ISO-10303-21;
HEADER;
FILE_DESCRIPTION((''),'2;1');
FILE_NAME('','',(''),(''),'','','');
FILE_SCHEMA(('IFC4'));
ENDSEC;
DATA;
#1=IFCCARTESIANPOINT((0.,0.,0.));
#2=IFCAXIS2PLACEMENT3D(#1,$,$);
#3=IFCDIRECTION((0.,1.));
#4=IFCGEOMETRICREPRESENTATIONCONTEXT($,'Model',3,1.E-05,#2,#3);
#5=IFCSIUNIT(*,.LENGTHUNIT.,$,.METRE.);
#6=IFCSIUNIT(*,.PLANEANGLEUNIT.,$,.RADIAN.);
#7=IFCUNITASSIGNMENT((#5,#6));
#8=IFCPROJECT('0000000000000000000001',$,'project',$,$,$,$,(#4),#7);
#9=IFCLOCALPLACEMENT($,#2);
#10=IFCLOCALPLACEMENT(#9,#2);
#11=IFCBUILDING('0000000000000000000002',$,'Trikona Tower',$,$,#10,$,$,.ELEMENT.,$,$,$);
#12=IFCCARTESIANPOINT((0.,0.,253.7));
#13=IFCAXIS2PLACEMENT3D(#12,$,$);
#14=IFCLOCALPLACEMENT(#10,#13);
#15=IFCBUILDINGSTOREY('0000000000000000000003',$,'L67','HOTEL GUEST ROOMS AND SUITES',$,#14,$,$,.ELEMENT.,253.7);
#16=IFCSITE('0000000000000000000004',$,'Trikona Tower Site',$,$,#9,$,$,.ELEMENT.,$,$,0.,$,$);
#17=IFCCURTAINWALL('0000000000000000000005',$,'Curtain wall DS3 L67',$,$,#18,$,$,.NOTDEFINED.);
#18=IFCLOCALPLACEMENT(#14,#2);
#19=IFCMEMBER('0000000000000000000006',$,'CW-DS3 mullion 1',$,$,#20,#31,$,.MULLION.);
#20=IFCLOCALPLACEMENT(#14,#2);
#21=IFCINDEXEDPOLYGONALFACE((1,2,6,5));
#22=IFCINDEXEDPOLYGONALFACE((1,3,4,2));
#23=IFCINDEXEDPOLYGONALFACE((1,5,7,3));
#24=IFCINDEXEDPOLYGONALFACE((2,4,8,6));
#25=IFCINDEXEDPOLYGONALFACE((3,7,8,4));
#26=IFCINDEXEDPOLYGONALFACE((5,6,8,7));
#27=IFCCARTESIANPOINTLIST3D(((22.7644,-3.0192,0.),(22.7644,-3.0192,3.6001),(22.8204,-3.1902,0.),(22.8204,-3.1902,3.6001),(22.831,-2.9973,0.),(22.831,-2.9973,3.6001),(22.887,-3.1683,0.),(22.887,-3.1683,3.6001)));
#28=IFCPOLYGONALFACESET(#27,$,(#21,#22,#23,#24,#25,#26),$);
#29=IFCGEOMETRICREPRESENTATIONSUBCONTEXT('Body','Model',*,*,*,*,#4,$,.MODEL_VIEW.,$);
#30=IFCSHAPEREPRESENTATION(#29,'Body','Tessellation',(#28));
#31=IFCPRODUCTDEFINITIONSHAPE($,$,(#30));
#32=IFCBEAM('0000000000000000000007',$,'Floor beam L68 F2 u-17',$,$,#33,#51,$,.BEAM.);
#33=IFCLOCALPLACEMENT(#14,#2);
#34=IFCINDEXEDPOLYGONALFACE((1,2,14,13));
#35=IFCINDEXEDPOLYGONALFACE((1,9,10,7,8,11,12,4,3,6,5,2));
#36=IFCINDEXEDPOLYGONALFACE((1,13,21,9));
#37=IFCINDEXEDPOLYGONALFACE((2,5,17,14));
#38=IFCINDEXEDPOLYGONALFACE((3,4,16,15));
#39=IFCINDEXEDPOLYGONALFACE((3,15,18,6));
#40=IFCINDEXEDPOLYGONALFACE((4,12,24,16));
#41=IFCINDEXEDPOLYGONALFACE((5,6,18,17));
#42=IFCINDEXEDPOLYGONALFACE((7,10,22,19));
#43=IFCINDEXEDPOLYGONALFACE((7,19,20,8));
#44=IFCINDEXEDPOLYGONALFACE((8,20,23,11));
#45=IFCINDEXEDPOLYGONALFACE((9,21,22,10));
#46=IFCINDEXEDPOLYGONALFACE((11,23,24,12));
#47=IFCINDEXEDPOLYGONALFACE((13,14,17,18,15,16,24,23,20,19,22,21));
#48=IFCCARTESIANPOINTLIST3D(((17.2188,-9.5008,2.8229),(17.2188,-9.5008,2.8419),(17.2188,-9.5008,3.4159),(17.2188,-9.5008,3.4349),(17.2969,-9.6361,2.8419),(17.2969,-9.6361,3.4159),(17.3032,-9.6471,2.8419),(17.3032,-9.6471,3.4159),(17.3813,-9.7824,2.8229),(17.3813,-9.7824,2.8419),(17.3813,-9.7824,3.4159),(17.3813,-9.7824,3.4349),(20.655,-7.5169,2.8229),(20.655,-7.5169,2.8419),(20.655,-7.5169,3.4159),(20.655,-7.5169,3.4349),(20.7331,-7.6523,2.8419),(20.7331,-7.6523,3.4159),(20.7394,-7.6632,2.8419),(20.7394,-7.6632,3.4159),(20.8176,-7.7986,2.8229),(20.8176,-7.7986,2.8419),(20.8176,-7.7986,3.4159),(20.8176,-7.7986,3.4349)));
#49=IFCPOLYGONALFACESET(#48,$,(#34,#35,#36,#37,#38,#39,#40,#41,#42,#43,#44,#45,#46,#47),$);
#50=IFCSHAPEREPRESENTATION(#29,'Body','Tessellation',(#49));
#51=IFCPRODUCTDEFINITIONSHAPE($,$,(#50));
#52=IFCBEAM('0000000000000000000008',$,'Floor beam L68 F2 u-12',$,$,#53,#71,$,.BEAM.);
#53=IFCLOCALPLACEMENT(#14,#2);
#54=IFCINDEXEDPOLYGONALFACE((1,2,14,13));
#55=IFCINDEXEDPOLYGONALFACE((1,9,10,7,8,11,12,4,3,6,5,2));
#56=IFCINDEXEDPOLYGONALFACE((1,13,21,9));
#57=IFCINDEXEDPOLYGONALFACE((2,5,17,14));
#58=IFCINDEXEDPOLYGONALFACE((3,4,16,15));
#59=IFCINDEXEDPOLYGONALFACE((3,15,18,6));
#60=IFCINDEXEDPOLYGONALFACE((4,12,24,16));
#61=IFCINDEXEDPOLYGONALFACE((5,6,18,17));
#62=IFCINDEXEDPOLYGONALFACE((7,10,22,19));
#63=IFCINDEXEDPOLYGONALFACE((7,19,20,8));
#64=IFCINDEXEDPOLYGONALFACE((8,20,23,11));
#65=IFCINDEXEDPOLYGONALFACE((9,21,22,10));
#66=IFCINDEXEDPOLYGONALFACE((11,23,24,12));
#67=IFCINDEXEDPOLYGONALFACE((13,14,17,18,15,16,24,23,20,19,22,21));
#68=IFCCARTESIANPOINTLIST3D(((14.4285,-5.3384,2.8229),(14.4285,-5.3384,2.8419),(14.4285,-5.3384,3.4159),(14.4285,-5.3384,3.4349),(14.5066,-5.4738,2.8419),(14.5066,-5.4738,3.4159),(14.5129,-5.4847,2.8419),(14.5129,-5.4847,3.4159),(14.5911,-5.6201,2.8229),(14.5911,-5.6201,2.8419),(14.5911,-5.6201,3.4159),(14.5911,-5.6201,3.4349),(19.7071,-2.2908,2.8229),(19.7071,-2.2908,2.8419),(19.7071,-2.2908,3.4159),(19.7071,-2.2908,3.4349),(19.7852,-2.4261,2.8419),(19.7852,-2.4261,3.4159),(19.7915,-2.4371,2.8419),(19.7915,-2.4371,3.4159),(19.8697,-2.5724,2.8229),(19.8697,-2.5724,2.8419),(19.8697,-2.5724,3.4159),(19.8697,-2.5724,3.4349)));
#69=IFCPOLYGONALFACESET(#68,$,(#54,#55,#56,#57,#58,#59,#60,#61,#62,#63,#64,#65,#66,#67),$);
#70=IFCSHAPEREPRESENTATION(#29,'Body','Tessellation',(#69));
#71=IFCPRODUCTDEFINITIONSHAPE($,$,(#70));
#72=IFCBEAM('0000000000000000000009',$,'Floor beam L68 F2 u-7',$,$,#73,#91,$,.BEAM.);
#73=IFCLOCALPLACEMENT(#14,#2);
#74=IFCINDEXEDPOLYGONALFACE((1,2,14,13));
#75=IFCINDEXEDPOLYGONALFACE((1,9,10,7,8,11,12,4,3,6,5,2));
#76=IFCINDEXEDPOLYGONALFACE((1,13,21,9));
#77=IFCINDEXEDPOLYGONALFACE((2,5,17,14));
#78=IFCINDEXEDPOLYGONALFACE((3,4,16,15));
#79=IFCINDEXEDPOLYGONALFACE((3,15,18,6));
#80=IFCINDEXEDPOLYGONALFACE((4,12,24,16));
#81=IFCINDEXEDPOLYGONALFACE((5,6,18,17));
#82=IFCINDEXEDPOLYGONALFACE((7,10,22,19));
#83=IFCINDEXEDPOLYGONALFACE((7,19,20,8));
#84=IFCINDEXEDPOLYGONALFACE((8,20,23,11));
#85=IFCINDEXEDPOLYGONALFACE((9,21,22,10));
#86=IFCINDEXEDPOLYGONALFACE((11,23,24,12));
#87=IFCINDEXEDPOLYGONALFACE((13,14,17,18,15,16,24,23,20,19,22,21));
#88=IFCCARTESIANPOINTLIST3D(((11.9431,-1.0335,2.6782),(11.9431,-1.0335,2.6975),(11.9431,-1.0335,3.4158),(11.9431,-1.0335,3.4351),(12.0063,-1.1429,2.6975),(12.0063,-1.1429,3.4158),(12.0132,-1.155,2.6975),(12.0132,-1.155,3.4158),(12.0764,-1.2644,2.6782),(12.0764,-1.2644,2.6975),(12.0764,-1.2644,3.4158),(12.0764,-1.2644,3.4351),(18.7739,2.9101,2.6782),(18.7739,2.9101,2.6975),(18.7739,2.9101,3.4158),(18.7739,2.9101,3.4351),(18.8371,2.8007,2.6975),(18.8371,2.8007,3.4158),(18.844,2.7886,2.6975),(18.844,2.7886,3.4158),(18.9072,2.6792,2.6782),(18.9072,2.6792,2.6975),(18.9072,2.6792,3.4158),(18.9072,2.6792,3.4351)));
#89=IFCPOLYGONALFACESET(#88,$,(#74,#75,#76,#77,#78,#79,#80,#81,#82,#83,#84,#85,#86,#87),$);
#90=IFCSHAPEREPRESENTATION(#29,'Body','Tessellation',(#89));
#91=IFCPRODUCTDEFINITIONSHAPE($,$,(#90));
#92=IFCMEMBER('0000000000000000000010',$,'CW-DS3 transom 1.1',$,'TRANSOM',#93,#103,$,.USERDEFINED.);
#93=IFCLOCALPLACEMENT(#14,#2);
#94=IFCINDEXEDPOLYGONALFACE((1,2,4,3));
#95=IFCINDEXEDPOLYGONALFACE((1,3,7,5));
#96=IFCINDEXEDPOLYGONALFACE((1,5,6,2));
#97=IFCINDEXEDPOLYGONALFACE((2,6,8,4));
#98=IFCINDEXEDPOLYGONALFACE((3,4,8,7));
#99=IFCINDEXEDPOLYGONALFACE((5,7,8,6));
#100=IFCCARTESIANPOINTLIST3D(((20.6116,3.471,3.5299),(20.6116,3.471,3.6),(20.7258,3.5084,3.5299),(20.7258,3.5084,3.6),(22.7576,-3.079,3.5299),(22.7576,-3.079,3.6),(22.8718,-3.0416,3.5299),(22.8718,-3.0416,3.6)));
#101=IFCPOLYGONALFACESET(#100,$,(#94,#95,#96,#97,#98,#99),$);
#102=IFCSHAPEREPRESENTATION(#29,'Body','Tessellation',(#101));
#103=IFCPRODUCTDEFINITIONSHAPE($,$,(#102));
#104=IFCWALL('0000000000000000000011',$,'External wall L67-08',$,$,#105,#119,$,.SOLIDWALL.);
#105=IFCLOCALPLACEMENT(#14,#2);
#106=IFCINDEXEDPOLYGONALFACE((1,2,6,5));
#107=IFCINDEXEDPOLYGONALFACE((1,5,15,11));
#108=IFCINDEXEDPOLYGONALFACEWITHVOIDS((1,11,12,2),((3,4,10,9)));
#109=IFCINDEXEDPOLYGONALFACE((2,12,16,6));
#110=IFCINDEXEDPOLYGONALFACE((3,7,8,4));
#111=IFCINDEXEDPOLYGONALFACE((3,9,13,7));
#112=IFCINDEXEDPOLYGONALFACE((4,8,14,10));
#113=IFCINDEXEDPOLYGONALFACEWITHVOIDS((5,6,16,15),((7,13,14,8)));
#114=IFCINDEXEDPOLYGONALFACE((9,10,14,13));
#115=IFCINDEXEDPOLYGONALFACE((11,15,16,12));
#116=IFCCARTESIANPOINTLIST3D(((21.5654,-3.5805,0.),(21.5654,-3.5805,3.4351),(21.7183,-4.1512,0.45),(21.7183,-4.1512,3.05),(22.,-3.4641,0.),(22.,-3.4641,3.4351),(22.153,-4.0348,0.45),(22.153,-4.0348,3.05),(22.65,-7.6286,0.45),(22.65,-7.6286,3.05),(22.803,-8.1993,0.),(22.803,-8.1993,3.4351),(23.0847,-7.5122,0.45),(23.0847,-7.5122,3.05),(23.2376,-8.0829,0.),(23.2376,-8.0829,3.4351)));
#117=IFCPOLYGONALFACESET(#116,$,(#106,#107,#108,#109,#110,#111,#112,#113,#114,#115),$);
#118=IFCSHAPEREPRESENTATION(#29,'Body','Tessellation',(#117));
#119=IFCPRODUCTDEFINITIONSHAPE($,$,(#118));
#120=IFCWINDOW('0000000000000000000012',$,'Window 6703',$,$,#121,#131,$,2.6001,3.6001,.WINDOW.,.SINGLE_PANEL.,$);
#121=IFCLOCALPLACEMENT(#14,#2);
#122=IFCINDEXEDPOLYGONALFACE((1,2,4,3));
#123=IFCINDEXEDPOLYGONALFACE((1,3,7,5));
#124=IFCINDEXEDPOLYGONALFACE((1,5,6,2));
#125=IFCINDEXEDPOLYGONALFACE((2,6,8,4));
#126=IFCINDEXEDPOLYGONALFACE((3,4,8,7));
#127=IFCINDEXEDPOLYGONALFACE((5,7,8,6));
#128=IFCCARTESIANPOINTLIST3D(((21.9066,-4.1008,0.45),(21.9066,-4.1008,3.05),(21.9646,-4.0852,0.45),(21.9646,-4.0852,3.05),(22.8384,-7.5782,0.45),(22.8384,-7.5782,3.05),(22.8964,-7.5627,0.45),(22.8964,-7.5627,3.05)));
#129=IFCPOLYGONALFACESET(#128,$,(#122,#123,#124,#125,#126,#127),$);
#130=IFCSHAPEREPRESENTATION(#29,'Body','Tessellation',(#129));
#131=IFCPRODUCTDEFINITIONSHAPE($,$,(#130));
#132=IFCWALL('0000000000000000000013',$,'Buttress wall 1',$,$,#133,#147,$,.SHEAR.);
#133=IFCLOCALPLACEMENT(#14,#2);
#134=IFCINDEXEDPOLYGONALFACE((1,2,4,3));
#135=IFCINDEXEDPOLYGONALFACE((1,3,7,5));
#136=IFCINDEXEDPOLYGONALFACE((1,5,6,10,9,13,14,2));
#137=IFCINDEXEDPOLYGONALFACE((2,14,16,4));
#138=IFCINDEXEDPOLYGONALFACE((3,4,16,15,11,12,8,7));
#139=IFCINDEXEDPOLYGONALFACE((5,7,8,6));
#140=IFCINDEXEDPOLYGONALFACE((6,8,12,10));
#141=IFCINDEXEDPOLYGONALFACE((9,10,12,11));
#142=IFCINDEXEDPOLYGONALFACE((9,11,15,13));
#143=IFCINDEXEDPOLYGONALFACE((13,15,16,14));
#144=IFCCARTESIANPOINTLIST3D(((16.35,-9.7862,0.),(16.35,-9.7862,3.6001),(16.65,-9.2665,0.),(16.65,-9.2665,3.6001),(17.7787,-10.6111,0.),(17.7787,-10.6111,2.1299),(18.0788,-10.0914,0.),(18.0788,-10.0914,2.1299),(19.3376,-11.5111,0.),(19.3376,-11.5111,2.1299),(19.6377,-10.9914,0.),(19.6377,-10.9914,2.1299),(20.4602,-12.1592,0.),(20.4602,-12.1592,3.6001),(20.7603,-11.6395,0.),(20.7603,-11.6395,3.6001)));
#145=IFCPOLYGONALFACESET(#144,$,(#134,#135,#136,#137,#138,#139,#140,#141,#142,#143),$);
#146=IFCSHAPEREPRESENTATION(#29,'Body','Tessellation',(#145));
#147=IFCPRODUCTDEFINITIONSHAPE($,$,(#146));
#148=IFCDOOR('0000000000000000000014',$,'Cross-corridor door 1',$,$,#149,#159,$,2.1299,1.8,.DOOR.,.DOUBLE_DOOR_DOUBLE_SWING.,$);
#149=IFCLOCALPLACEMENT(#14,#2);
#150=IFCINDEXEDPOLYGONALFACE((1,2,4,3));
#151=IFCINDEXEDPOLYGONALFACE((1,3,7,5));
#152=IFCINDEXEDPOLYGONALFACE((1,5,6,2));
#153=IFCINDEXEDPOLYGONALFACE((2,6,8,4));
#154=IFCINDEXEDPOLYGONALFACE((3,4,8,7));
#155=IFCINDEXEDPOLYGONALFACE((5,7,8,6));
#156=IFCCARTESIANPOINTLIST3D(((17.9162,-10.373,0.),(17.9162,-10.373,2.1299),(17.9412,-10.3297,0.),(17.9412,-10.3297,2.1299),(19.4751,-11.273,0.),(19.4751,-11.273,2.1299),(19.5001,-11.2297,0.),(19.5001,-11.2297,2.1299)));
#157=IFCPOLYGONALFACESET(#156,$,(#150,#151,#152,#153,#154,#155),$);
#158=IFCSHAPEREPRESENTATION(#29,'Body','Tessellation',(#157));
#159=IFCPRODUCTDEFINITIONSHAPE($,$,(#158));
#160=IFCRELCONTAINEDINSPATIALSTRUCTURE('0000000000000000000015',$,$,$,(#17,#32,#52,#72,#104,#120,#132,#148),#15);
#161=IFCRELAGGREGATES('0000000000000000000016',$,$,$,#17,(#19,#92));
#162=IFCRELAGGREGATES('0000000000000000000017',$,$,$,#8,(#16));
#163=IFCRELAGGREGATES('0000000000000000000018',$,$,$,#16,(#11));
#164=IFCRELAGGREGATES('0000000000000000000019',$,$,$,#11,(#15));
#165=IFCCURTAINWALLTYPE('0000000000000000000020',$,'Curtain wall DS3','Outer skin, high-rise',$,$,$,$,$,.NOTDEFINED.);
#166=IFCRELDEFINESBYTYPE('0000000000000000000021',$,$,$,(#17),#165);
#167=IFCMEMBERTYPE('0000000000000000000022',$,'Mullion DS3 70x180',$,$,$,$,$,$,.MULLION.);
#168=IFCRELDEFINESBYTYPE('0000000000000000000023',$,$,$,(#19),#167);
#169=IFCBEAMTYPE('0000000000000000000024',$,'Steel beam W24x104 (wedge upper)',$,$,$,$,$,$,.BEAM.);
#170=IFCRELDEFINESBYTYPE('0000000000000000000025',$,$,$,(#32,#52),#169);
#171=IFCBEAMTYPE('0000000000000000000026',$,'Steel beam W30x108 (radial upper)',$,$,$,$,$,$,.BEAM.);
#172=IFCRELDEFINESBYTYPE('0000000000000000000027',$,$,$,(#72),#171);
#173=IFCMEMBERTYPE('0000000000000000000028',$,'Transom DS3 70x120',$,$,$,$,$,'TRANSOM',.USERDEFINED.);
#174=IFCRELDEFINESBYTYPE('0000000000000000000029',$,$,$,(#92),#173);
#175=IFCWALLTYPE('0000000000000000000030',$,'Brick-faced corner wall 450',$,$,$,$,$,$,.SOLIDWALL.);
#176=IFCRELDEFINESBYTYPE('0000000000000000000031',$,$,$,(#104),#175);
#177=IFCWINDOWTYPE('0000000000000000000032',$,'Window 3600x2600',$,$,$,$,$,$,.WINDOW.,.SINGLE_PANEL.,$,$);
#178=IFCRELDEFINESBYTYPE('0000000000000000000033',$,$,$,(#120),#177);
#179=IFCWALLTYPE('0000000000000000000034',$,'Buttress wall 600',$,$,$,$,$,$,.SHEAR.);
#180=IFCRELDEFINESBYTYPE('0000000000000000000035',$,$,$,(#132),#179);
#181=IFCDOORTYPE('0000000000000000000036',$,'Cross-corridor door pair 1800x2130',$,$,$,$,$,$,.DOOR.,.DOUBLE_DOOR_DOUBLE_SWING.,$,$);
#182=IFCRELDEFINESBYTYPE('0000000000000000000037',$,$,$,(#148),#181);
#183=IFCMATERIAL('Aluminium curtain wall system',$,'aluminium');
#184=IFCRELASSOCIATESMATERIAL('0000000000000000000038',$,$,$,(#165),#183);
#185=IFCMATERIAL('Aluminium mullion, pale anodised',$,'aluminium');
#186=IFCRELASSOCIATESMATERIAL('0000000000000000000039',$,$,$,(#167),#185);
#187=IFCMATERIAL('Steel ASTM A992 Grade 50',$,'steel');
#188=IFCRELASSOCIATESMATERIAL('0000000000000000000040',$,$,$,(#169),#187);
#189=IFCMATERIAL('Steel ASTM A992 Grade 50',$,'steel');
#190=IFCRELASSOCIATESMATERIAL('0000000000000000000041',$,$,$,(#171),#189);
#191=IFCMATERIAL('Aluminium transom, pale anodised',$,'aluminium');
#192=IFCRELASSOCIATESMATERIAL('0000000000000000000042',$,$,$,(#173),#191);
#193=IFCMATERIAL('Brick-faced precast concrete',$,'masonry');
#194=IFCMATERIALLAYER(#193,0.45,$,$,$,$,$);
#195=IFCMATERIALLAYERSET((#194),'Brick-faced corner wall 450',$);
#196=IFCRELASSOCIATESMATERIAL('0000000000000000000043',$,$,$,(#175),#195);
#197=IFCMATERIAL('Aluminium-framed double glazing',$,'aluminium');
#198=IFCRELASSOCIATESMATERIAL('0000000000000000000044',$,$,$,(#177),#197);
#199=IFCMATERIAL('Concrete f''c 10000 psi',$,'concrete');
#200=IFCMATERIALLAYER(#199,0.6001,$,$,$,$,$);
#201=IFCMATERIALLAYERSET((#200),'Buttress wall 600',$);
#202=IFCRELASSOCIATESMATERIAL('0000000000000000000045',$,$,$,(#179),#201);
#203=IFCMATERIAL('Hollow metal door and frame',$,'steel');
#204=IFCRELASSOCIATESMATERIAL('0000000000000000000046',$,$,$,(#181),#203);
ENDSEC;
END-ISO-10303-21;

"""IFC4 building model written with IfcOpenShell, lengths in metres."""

from ifc_helpers import new_model, si_unit, direction, frame, frame_2d, origin, origin_2d, place, context, subcontext, project, spatial, rectangle, i_section, extrude, material, layer, layer_set, material_profile, profile_set, type_object, element, fill, aggregate, save


model = new_model("IFC4")

# Units and contexts
model_context = context("Model", 3, precision=1e-05, world=origin(), true_north=direction((0.0, 1.0)))
body_context = subcontext(model_context, "Body", "Model", "MODEL_VIEW")
ifc_project = project(units=[si_unit("LENGTHUNIT", "METRE"), si_unit("PLANEANGLEUNIT", "RADIAN")], contexts=[model_context])

# Site, building, storey
site_placement = place(None, origin())
site = spatial("IfcSite", under=ifc_project, at=site_placement, Name="Trikona Tower Site", CompositionType="ELEMENT", RefElevation=0.0)
building_placement = place(site_placement, origin())
building = spatial("IfcBuilding", under=site, at=building_placement, Name="Trikona Tower", CompositionType="ELEMENT")
storey_placement = place(building_placement, frame((0.0, 0.0, 253.7)))
storey = spatial("IfcBuildingStorey", under=building, at=storey_placement, Name="L67", Description="HOTEL GUEST ROOMS AND SUITES", CompositionType="ELEMENT", Elevation=253.7)

# Curtain wall, member
ifc_material_1 = material(Name="Aluminium curtain wall system", Category="aluminium")
curtain_wall_type = type_object("IfcCurtainWallType", Name="Curtain wall DS3", Description="Outer skin, high-rise", PredefinedType="NOTDEFINED", material=ifc_material_1)
curtain_wall_placement = place(storey_placement, origin())
curtain_wall = element("IfcCurtainWall", 1, at=curtain_wall_placement, inside=storey, type_object=curtain_wall_type, Name="Curtain wall DS3 L67", PredefinedType="NOTDEFINED")
ifc_material_2 = material(Name="Aluminium mullion, pale anodised", Category="aluminium")
ifc_material_profile_1 = material_profile(ifc_material_2, rectangle(XDim=0.0701, YDim=0.1799, at=origin_2d()), Name="MUL-DS3")
ifc_profile_set_1 = profile_set([ifc_material_profile_1], Name="Aluminium mullion, pale anodised")
member_type_1 = type_object("IfcMemberType", Name="Mullion DS3 70x180", PredefinedType="MULLION", material=ifc_profile_set_1)
member_1_placement = place(storey_placement, frame((22.8257, -3.0938, 0.0), z_axis=(0.0, 0.0, 1.0), x_axis=(-0.950297, -0.311344, 0.0)))
member_1 = element("IfcMember", 2, at=member_1_placement, type_object=member_type_1, Name="CW-DS3 mullion 1", PredefinedType="MULLION", context=body_context, shape_type="SweptSolid", body=[
    extrude(rectangle(XDim=0.0701, YDim=0.1799, at=origin_2d()), origin(), (0.0, 0.0, 1.0), 3.6001),
])

# Beams
ifc_material_3 = material(Name="Steel ASTM A992 Grade 50", Category="steel")
ifc_material_profile_2 = material_profile(ifc_material_3, i_section(OverallWidth=0.3252, OverallDepth=0.6121, WebThickness=0.0127, FlangeThickness=0.019, at=origin_2d()), Name="W24X104")
ifc_profile_set_2 = profile_set([ifc_material_profile_2], Name="Steel ASTM A992 Grade 50")
beam_type_1 = type_object("IfcBeamType", Name="Steel beam W24x104 (wedge upper)", PredefinedType="BEAM", material=ifc_profile_set_2)
beam_1_placement = place(storey_placement, frame((17.3, -9.6416, 3.1289), z_axis=(0.866031, 0.499991, 0.0), x_axis=(-0.499991, 0.866031, 0.0)))
element("IfcBeam", 3, at=beam_1_placement, inside=storey, type_object=beam_type_1, Name="Floor beam L68 F2 u-17", PredefinedType="BEAM", context=body_context, shape_type="SweptSolid", body=[
    extrude(i_section(OverallWidth=0.3252, OverallDepth=0.6121, WebThickness=0.0127, FlangeThickness=0.019, at=origin_2d()), origin(), (0.0, 0.0, 1.0), 3.9678),
])
beam_2_placement = place(storey_placement, frame((14.5098, -5.4792, 3.1289), z_axis=(0.866023, 0.500003, 0.0), x_axis=(-0.500003, 0.866023, 0.0)))
element("IfcBeam", 4, at=beam_2_placement, inside=storey, type_object=beam_type_1, Name="Floor beam L68 F2 u-12", PredefinedType="BEAM", context=body_context, shape_type="SweptSolid", body=[
    extrude(i_section(OverallWidth=0.3252, OverallDepth=0.6121, WebThickness=0.0127, FlangeThickness=0.019, at=origin_2d()), origin(), (0.0, 0.0, 1.0), 6.0952),
])
ifc_material_4 = material(Name="Steel ASTM A992 Grade 50", Category="steel")
ifc_material_profile_3 = material_profile(ifc_material_4, i_section(OverallWidth=0.2666, OverallDepth=0.7568, WebThickness=0.0139, FlangeThickness=0.0193, at=origin_2d()), Name="W30X108")
ifc_profile_set_3 = profile_set([ifc_material_profile_3], Name="Steel ASTM A992 Grade 50")
beam_type_2 = type_object("IfcBeamType", Name="Steel beam W30x108 (radial upper)", PredefinedType="BEAM", material=ifc_profile_set_3)
beam_3_placement = place(storey_placement, frame((12.0098, -1.1489, 3.0566), z_axis=(0.866035, 0.499984, 0.0), x_axis=(-0.499984, 0.866035, 0.0)))
element("IfcBeam", 5, at=beam_3_placement, inside=storey, type_object=beam_type_2, Name="Floor beam L68 F2 u-7", PredefinedType="BEAM", context=body_context, shape_type="SweptSolid", body=[
    extrude(i_section(OverallWidth=0.2666, OverallDepth=0.7568, WebThickness=0.0139, FlangeThickness=0.0193, at=origin_2d()), origin(), (0.0, 0.0, 1.0), 7.8875),
])

# Member
ifc_material_5 = material(Name="Aluminium transom, pale anodised", Category="aluminium")
ifc_material_profile_4 = material_profile(ifc_material_5, rectangle(XDim=0.1201, YDim=0.0701, at=origin_2d()), Name="TRN-DS3")
ifc_profile_set_4 = profile_set([ifc_material_profile_4], Name="Aluminium transom, pale anodised")
member_type_2 = type_object("IfcMemberType", Name="Transom DS3 70x120", ElementType="TRANSOM", PredefinedType="USERDEFINED", material=ifc_profile_set_4)
member_2_placement = place(storey_placement, frame((22.8147, -3.0603, 3.5649), z_axis=(-0.311346, 0.950297, 0.0), x_axis=(-0.950297, -0.311346, 0.0)))
member_2 = element("IfcMember", 6, at=member_2_placement, type_object=member_type_2, Name="CW-DS3 transom 1.1", ObjectType="TRANSOM", PredefinedType="USERDEFINED", context=body_context, shape_type="SweptSolid", body=[
    extrude(rectangle(XDim=0.1201, YDim=0.0701, at=origin_2d()), origin(), (0.0, 0.0, 1.0), 6.8926),
])
aggregate(curtain_wall, [member_1, member_2])

# Wall, opening, window
ifc_material_6 = material(Name="Brick-faced precast concrete", Category="masonry")
ifc_layer_1 = layer(ifc_material_6, 0.45)
ifc_layer_set_1 = layer_set([ifc_layer_1], Name="Brick-faced corner wall 450")
wall_type_1 = type_object("IfcWallType", Name="Brick-faced corner wall 450", PredefinedType="SOLIDWALL", material=ifc_layer_set_1)
wall_1_placement = place(storey_placement, frame((23.0203, -8.1411, 0.0), z_axis=(0.0, 0.0, 1.0), x_axis=(-0.258803, 0.96593, 0.0)))
wall_1 = element("IfcWall", 7, at=wall_1_placement, inside=storey, type_object=wall_type_1, Name="External wall L67-08", PredefinedType="SOLIDWALL", context=body_context, shape_type="SweptSolid", body=[
    extrude(rectangle(XDim=4.7817, YDim=0.45, at=frame_2d((2.3909, 0.0))), origin(), (0.0, 0.0, 1.0), 3.4351),
])
opening_1_placement = place(wall_1_placement, frame((0.5908, 0.0, 0.45)))
opening_1 = element("IfcOpeningElement", 8, at=opening_1_placement, cuts=wall_1, PredefinedType="OPENING", context=body_context, shape_type="SweptSolid", body=[
    extrude(rectangle(XDim=3.6001, YDim=2.6001, at=frame_2d((1.8, 1.3))), frame((0.0, 0.2349, 0.0), z_axis=(0.0, -1.0, 0.0), x_axis=(1.0, 0.0, 0.0)), (0.0, 0.0, 1.0), 0.47),
])
ifc_material_7 = material(Name="Aluminium-framed double glazing", Category="aluminium")
window_type_1 = type_object("IfcWindowType", Name="Window 3600x2600", PartitioningType="SINGLE_PANEL", PredefinedType="WINDOW", material=ifc_material_7)
window_1_placement = place(opening_1_placement, origin())
window_1 = element("IfcWindow", 9, at=window_1_placement, inside=storey, type_object=window_type_1, Name="Window 6703", OverallHeight=2.6001, OverallWidth=3.6001, PartitioningType="SINGLE_PANEL", PredefinedType="WINDOW", context=body_context, shape_type="SweptSolid", body=[
    extrude(rectangle(XDim=3.6001, YDim=2.6001, at=frame_2d((1.8, 1.3))), frame((0.0, 0.03, 0.0), z_axis=(0.0, -1.0, 0.0), x_axis=(1.0, 0.0, 0.0)), (0.0, 0.0, 1.0), 0.0601),
])
fill(opening_1, window_1)

# Wall, opening, door
ifc_material_8 = material(Name="Concrete f'c 10000 psi", Category="concrete")
ifc_layer_2 = layer(ifc_material_8, 0.6001)
ifc_layer_set_2 = layer_set([ifc_layer_2], Name="Buttress wall 600")
wall_type_2 = type_object("IfcWallType", Name="Buttress wall 600", PredefinedType="SHEAR", material=ifc_layer_set_2)
wall_2_placement = place(storey_placement, frame((16.5, -9.5264, 0.0), z_axis=(0.0, 0.0, 1.0), x_axis=(0.866031, -0.49999, 0.0)))
wall_2 = element("IfcWall", 10, at=wall_2_placement, inside=storey, type_object=wall_type_2, Name="Buttress wall 1", PredefinedType="SHEAR", context=body_context, shape_type="SweptSolid", body=[
    extrude(rectangle(XDim=4.7461, YDim=0.6001, at=frame_2d((2.373, 0.0))), origin(), (0.0, 0.0, 1.0), 3.6001),
])
opening_2_placement = place(wall_2_placement, frame((1.6499, 0.0, 0.0)))
opening_2 = element("IfcOpeningElement", 11, at=opening_2_placement, cuts=wall_2, PredefinedType="OPENING", context=body_context, shape_type="SweptSolid", body=[
    extrude(rectangle(XDim=1.8, YDim=2.1299, at=frame_2d((0.8999, 1.0649))), frame((0.0, 0.3101, 0.0), z_axis=(0.0, -1.0, 0.0), x_axis=(1.0, 0.0, 0.0)), (0.0, 0.0, 1.0), 0.6201),
])
ifc_material_9 = material(Name="Hollow metal door and frame", Category="steel")
door_type_1 = type_object("IfcDoorType", Name="Cross-corridor door pair 1800x2130", OperationType="DOUBLE_DOOR_DOUBLE_SWING", PredefinedType="DOOR", material=ifc_material_9)
door_1_placement = place(opening_2_placement, origin())
door_1 = element("IfcDoor", 12, at=door_1_placement, inside=storey, type_object=door_type_1, Name="Cross-corridor door 1", OperationType="DOUBLE_DOOR_DOUBLE_SWING", OverallHeight=2.1299, OverallWidth=1.8, PredefinedType="DOOR", context=body_context, shape_type="SweptSolid", body=[
    extrude(rectangle(XDim=1.8, YDim=2.1299, at=frame_2d((0.8999, 1.0649))), frame((0.0, 0.0249, 0.0), z_axis=(0.0, -1.0, 0.0), x_axis=(1.0, 0.0, 0.0)), (0.0, 0.0, 1.0), 0.05),
])
fill(opening_2, door_1)

save(model, "model.ifc")
